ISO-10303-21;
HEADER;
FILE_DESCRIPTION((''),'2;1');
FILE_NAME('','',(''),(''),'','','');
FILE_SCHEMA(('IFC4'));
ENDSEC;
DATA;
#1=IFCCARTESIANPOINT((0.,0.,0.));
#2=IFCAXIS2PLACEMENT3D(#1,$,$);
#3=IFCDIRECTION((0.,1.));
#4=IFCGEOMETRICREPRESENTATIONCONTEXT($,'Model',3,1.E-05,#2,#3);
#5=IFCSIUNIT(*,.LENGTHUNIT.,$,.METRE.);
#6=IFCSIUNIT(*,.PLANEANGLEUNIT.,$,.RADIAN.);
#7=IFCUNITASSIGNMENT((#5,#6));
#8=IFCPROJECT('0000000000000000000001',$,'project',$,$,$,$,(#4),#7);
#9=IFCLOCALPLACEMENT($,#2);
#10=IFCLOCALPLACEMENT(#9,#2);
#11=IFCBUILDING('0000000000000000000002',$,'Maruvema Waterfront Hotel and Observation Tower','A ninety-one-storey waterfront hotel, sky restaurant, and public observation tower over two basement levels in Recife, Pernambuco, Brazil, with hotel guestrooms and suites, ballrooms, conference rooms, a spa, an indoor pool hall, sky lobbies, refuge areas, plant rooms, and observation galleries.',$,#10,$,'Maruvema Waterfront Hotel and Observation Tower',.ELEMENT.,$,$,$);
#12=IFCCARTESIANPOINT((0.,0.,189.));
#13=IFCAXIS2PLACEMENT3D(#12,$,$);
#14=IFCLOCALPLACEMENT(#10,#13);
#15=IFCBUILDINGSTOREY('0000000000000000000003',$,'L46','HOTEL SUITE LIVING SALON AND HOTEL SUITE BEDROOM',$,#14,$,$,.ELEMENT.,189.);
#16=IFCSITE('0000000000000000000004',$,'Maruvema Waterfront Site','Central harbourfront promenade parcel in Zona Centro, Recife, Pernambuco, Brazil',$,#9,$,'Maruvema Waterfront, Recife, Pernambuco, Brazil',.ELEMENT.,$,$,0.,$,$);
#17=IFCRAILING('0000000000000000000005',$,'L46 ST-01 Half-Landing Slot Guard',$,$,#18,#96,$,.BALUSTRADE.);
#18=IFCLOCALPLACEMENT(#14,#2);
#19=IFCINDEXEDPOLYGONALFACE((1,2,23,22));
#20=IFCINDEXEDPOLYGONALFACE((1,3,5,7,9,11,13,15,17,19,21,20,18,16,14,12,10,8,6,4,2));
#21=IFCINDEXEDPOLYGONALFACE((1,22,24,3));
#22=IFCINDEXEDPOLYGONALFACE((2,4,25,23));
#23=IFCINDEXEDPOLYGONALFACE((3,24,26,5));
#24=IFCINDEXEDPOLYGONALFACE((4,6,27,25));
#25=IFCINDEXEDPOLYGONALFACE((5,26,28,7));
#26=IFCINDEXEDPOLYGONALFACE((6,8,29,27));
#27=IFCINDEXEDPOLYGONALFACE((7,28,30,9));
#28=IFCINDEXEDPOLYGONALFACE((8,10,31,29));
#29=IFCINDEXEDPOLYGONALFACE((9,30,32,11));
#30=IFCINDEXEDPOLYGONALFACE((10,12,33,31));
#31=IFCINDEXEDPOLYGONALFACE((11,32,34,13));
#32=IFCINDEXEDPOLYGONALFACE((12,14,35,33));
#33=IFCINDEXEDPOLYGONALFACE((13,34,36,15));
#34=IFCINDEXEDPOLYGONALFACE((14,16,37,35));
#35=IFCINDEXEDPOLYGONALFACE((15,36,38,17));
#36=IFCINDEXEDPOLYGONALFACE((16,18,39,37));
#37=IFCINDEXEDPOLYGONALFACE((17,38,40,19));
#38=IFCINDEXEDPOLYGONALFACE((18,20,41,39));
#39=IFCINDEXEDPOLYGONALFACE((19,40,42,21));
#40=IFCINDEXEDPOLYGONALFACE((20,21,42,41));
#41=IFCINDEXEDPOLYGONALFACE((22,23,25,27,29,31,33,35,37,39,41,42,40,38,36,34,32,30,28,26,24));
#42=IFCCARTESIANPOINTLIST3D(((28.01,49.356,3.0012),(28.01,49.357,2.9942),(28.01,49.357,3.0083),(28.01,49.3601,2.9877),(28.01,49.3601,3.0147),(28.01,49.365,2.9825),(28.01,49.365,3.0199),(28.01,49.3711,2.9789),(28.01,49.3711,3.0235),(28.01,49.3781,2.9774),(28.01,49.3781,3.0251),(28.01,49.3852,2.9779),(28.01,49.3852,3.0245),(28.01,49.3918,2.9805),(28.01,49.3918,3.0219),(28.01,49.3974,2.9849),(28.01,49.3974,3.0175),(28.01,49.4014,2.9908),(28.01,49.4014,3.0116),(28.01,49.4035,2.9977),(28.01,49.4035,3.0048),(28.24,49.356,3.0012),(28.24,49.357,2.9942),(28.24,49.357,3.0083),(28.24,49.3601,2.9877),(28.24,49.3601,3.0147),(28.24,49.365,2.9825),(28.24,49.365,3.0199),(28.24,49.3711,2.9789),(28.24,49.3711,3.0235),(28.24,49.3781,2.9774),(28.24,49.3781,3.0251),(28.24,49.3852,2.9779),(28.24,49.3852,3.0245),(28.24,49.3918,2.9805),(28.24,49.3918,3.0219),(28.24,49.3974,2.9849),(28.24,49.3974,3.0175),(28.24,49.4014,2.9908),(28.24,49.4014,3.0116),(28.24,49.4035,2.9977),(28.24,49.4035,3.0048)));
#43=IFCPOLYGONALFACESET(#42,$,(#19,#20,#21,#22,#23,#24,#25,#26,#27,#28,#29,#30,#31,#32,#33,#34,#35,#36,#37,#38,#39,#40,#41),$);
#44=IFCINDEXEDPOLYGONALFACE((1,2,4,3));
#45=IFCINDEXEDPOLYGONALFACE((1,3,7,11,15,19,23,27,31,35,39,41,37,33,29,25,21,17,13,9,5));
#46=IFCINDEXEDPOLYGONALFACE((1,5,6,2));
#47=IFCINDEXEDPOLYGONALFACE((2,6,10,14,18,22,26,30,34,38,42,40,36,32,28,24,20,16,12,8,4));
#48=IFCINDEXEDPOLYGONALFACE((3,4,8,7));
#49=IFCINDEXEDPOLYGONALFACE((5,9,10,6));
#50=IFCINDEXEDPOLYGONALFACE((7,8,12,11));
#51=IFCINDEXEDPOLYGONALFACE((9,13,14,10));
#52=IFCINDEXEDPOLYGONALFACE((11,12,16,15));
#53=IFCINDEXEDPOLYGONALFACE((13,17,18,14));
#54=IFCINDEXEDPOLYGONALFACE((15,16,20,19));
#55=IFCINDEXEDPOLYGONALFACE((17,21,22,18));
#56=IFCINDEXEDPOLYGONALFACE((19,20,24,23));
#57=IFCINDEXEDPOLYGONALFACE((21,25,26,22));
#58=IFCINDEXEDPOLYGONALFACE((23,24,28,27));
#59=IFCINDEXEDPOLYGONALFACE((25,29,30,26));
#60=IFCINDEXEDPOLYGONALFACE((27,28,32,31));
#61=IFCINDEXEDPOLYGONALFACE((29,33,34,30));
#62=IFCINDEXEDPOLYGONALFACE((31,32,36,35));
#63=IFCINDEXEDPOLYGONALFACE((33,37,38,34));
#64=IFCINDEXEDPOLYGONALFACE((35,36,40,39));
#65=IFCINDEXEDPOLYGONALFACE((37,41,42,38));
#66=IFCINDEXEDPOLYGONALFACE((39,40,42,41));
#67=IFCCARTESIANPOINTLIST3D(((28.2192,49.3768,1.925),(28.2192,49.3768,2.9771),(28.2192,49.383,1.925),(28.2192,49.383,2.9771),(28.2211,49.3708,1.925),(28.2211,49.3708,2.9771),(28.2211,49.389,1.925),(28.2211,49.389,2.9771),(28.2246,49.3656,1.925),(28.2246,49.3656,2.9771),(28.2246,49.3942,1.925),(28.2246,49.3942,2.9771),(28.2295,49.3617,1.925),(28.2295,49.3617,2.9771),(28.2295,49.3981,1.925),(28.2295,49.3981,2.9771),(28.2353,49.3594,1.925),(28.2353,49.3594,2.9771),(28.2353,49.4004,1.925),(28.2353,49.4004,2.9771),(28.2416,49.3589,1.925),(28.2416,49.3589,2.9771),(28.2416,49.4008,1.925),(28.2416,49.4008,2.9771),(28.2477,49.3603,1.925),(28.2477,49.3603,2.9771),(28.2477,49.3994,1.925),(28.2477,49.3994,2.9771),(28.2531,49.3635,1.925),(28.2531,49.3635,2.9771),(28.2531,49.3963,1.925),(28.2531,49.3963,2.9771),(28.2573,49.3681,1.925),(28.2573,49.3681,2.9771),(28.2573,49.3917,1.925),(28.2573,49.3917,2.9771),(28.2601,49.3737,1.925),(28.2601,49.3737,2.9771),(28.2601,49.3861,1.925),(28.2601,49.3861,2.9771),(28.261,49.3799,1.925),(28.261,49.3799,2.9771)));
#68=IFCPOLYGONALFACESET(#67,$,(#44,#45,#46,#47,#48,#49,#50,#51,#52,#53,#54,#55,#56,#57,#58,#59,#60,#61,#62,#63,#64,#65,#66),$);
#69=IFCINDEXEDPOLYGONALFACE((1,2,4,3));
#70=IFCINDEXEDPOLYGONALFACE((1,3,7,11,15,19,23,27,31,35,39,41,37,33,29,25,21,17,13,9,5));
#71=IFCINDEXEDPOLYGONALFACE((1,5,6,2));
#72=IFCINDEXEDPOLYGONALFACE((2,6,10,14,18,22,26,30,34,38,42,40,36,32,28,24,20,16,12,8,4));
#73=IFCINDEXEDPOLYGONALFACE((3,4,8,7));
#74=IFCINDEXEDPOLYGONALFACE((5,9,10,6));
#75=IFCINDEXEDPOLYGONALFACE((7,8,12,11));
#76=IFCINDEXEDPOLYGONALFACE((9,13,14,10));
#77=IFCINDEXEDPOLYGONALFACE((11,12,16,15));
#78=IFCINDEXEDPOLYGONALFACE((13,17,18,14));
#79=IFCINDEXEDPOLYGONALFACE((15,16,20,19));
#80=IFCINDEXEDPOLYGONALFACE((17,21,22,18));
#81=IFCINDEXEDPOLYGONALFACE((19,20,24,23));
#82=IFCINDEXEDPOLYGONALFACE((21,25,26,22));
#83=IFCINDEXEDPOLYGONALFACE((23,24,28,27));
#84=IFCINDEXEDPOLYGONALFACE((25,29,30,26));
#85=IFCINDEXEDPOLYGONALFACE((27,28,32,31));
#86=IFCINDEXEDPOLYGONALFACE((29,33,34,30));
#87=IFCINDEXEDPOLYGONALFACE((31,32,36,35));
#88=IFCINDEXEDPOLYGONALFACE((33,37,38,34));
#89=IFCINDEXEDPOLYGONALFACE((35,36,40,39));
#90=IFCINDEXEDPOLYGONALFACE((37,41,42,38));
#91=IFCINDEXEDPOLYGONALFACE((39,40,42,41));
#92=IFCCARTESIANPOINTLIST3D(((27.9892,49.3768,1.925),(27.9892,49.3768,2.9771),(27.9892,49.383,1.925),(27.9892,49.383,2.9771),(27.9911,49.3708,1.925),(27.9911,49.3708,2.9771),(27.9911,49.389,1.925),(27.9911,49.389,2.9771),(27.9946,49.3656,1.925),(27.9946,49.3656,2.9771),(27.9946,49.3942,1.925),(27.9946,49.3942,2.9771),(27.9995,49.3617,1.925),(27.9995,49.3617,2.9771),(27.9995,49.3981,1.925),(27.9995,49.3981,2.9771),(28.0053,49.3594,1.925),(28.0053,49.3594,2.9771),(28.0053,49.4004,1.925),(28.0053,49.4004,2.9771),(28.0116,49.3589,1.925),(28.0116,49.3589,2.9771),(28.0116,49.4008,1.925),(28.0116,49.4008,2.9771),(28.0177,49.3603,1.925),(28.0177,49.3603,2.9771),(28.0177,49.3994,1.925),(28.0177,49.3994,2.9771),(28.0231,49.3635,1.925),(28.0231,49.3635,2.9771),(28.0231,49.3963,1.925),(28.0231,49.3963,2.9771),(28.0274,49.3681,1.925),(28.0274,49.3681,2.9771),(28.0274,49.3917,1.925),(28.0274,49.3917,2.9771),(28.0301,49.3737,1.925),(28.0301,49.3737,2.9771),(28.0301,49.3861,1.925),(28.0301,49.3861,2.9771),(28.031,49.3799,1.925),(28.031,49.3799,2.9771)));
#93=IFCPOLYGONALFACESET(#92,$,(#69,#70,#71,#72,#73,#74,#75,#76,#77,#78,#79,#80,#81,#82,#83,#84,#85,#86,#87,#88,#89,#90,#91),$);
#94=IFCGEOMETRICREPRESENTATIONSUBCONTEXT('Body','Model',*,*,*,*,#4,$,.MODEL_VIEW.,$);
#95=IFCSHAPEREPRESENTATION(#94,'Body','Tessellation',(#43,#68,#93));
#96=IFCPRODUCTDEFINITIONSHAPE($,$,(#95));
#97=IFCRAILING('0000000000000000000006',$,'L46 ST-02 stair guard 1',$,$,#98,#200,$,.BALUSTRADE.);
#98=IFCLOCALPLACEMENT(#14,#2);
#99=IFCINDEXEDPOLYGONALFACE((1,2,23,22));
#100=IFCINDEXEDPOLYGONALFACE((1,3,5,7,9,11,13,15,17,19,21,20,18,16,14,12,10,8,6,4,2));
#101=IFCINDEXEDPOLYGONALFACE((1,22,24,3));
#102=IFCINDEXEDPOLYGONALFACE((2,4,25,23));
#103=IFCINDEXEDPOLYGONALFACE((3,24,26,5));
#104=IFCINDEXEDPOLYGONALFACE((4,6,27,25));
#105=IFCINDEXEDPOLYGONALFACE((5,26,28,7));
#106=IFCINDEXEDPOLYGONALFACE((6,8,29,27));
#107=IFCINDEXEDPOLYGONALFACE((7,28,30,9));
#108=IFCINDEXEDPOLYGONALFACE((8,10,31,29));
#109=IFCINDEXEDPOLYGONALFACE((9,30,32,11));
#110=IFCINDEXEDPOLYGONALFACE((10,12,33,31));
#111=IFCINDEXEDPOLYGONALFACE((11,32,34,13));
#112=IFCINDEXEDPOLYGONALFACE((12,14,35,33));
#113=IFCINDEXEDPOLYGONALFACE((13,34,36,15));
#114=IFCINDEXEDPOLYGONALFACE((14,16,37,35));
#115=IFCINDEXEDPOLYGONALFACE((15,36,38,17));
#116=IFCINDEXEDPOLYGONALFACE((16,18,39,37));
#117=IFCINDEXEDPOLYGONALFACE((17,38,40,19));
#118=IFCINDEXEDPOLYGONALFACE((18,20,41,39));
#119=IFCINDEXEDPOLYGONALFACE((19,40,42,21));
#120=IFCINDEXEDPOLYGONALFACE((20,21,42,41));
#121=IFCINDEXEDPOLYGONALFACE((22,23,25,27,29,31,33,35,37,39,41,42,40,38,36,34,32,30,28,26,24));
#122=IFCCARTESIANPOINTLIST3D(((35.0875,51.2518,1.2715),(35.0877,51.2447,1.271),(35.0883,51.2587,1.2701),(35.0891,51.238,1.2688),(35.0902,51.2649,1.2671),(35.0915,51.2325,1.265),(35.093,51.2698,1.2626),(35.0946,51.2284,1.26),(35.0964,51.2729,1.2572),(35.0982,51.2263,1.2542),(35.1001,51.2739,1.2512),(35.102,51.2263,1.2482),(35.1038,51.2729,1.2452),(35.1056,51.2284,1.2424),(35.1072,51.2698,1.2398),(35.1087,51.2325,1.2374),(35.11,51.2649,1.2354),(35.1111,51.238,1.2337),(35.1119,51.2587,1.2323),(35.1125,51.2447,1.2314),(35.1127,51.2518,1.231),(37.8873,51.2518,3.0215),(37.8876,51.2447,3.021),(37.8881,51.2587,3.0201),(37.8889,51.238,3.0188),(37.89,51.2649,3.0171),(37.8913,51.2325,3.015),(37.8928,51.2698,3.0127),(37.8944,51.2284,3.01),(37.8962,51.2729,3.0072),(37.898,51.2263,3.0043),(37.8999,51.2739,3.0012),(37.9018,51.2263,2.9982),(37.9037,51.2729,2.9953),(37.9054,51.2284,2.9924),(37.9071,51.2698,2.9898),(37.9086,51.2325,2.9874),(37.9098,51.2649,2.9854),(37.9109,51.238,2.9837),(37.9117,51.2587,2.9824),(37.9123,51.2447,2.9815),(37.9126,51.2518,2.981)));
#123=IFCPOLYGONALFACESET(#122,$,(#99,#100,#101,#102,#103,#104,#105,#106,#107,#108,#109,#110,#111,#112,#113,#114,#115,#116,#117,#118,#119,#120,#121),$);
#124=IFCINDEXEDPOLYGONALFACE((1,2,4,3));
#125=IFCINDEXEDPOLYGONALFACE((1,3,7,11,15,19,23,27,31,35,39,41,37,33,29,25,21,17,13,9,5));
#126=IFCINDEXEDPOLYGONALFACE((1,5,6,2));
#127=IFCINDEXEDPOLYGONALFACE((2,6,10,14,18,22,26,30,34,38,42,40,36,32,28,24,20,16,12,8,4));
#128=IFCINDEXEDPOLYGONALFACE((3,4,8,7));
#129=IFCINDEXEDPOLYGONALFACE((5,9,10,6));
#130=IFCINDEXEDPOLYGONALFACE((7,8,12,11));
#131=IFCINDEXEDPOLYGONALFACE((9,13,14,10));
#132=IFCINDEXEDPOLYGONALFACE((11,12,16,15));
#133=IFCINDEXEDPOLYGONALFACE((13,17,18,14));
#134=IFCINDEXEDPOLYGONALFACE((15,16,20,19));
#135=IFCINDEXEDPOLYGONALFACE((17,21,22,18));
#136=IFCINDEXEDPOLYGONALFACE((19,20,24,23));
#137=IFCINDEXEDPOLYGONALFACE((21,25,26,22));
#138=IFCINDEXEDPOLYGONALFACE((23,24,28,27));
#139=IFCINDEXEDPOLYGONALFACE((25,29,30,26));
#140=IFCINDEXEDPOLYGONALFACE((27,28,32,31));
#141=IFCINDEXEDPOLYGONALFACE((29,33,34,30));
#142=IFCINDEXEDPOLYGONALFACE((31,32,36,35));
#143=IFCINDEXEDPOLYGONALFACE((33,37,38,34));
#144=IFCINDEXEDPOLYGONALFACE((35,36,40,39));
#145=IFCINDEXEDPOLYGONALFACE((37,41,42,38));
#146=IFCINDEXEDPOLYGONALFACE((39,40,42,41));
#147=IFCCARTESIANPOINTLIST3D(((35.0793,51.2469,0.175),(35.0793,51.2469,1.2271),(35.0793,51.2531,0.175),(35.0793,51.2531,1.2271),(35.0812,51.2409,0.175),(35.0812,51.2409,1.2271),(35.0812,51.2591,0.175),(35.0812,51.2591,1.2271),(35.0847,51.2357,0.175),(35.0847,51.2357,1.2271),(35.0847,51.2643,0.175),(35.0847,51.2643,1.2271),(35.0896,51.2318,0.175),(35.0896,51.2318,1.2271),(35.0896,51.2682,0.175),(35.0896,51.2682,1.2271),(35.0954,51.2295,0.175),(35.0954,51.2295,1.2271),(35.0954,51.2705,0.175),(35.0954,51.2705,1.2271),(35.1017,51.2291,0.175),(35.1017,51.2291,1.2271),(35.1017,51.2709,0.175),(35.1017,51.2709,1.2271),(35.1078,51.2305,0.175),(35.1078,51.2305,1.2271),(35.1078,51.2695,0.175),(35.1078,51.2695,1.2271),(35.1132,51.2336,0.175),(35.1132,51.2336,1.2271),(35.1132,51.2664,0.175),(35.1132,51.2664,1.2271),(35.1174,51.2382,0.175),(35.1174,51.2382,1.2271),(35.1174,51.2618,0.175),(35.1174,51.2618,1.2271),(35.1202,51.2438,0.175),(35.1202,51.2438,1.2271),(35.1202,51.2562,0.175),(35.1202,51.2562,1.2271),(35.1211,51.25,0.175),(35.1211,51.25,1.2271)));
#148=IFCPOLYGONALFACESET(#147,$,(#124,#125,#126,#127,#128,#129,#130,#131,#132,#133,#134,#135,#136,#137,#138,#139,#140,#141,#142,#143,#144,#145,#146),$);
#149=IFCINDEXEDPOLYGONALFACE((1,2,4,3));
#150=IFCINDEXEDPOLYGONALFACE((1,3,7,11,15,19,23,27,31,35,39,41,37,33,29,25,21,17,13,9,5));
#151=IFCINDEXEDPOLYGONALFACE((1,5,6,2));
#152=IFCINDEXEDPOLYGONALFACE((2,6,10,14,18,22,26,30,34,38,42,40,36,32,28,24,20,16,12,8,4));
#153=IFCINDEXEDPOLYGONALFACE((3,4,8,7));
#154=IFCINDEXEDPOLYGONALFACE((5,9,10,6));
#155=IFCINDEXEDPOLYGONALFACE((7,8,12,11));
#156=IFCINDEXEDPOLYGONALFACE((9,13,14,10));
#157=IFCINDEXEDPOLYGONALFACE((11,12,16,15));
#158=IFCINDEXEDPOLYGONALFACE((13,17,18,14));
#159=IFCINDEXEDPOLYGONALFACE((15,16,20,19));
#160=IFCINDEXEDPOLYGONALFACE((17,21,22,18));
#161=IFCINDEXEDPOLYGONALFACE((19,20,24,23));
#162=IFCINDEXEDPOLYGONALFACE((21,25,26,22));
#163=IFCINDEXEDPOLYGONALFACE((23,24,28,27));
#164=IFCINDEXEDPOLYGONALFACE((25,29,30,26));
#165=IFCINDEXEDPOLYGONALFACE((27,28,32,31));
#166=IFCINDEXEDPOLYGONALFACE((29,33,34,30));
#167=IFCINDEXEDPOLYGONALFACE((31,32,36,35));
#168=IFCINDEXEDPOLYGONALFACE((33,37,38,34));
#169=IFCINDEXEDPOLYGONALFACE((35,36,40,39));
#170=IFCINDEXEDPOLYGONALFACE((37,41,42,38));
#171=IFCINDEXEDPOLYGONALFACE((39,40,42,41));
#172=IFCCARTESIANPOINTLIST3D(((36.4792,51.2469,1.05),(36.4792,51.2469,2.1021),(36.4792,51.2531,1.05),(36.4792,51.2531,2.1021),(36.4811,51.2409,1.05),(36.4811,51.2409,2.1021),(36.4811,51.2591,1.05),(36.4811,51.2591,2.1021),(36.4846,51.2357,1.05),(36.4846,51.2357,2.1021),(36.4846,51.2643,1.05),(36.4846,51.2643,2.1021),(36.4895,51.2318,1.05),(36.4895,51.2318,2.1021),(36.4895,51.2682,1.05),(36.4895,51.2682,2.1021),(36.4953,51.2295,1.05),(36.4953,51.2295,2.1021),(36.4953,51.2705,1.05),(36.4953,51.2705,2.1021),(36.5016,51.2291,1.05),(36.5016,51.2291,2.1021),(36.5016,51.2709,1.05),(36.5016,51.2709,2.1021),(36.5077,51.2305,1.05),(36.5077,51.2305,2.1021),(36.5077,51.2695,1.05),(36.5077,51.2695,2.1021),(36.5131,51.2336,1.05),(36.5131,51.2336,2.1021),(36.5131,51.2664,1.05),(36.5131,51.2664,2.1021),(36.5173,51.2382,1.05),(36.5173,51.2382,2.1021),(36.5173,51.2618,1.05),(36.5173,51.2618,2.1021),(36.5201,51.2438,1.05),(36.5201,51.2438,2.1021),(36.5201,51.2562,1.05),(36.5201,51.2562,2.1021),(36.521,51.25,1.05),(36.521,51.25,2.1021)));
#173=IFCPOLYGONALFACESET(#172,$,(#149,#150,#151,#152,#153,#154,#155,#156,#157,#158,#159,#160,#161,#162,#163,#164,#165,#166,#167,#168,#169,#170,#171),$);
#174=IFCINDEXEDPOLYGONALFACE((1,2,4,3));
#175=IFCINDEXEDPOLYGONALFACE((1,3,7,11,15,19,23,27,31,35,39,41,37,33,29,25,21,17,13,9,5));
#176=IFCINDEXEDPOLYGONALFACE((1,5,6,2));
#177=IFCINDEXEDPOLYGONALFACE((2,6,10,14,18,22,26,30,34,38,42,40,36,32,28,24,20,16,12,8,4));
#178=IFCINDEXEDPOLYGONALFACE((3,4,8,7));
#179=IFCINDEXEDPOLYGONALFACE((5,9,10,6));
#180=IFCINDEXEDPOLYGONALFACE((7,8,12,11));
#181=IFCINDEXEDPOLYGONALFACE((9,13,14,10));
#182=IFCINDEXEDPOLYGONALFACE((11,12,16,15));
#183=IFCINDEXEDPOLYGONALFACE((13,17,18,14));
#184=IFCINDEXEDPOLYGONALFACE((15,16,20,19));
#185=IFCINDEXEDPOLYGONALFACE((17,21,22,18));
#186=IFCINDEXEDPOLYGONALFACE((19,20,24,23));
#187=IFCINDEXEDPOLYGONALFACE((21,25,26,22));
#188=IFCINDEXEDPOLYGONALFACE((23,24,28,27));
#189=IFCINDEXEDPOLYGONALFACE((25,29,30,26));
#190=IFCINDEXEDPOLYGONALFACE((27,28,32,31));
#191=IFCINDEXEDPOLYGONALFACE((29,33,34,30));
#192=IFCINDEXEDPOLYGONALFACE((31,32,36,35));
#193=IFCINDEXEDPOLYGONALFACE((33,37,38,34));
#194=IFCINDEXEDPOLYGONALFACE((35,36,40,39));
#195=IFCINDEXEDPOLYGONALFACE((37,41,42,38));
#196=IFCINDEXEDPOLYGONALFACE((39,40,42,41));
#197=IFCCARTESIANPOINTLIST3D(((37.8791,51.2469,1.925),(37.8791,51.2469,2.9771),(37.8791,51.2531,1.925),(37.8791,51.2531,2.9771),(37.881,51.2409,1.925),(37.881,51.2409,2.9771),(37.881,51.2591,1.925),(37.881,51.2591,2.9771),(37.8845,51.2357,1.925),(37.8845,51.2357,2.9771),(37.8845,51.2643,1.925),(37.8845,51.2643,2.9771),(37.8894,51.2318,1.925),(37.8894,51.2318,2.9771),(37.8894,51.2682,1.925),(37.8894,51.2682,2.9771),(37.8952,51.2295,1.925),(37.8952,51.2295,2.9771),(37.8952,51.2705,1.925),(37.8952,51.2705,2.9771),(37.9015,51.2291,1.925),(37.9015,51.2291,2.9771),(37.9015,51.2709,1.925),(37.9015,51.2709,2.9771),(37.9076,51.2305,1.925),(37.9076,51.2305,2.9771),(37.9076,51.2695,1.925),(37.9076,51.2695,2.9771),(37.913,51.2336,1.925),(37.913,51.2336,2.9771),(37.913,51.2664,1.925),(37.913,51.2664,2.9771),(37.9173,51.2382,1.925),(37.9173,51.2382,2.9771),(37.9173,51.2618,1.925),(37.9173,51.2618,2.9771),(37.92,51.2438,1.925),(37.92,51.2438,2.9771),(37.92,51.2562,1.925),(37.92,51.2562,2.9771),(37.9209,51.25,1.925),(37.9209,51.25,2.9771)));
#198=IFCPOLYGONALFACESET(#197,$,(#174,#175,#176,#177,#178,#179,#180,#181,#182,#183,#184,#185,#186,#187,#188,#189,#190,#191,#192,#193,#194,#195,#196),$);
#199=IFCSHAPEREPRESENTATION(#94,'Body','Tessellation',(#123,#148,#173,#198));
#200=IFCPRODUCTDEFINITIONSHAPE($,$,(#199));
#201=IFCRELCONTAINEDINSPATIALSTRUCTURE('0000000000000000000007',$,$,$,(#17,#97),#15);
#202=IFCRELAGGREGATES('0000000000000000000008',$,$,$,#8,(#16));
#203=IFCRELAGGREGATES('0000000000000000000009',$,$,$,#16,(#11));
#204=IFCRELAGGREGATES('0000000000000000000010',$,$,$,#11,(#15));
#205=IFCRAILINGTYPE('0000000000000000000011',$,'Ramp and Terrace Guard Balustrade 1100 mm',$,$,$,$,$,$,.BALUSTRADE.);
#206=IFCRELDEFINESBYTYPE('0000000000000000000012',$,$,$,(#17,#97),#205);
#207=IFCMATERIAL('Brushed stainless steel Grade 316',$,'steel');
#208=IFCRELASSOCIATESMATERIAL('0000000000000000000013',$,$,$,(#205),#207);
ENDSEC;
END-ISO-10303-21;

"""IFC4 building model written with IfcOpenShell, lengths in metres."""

from ifc_helpers import new_model, si_unit, direction, frame, origin, origin_2d, place, context, subcontext, project, spatial, circle, extrude, material, type_object, element, save


model = new_model("IFC4")

# Units and contexts
model_context = context("Model", 3, precision=1e-05, world=origin(), true_north=direction((0.0, 1.0)))
body_context = subcontext(model_context, "Body", "Model", "MODEL_VIEW")
ifc_project = project(units=[si_unit("LENGTHUNIT", "METRE"), si_unit("PLANEANGLEUNIT", "RADIAN")], contexts=[model_context])

# Site, building, storey
site_placement = place(None, origin())
site = spatial("IfcSite", under=ifc_project, at=site_placement, Name="Maruvema Waterfront Site", Description="Central harbourfront promenade parcel in Zona Centro, Recife, Pernambuco, Brazil", LongName="Maruvema Waterfront, Recife, Pernambuco, Brazil", CompositionType="ELEMENT", RefElevation=0.0)
building_placement = place(site_placement, origin())
building = spatial("IfcBuilding", under=site, at=building_placement, Name="Maruvema Waterfront Hotel and Observation Tower", Description="A ninety-one-storey waterfront hotel, sky restaurant, and public observation tower over two basement levels in Recife, Pernambuco, Brazil, with hotel guestrooms and suites, ballrooms, conference rooms, a spa, an indoor pool hall, sky lobbies, refuge areas, plant rooms, and observation galleries.", LongName="Maruvema Waterfront Hotel and Observation Tower", CompositionType="ELEMENT")
storey_placement = place(building_placement, frame((0.0, 0.0, 189.0)))
storey = spatial("IfcBuildingStorey", under=building, at=storey_placement, Name="L46", Description="HOTEL SUITE LIVING SALON AND HOTEL SUITE BEDROOM", CompositionType="ELEMENT", Elevation=189.0)

# Railings
ifc_material_1 = material(Name="Brushed stainless steel Grade 316", Category="steel")
railing_type_1 = type_object("IfcRailingType", Name="Ramp and Terrace Guard Balustrade 1100 mm", PredefinedType="BALUSTRADE", material=ifc_material_1)
railing_1_placement = place(storey_placement, frame((28.24, 49.3799, 1.925)))
element("IfcRailing", 1, at=railing_1_placement, inside=storey, type_object=railing_type_1, Name="L46 ST-01 Half-Landing Slot Guard", PredefinedType="BALUSTRADE", context=body_context, shape_type="SweptSolid", body=[
    extrude(circle(Radius=0.0239, at=origin_2d()), frame((0.0, 0.0, 1.0762), z_axis=(-1.0, 0.0, 0.0), x_axis=(0.0, -1.0, 0.0)), (0.0, 0.0, 1.0), 0.23),
    extrude(circle(Radius=0.021, at=origin_2d()), origin(), (0.0, 0.0, 1.0), 1.052),
    extrude(circle(Radius=0.021, at=origin_2d()), frame((-0.23, 0.0, 0.0)), (0.0, 0.0, 1.0), 1.052),
])
railing_2_placement = place(storey_placement, frame((35.1001, 51.25, 0.175)))
element("IfcRailing", 2, at=railing_2_placement, inside=storey, type_object=railing_type_1, Name="L46 ST-02 stair guard 1", PredefinedType="BALUSTRADE", context=body_context, shape_type="SweptSolid", body=[
    extrude(circle(Radius=0.0239, at=origin_2d()), frame((0.0, 0.0, 1.0762), z_axis=(0.847982, 0.0, 0.530026), x_axis=(0.0, 1.0, 0.0)), (0.0, 0.0, 1.0), 3.3018),
    extrude(circle(Radius=0.021, at=origin_2d()), origin(), (0.0, 0.0, 1.0), 1.052),
    extrude(circle(Radius=0.021, at=origin_2d()), frame((1.3999, 0.0, 0.875)), (0.0, 0.0, 1.0), 1.052),
    extrude(circle(Radius=0.021, at=origin_2d()), frame((2.7998, 0.0, 1.75)), (0.0, 0.0, 1.0), 1.052),
])

save(model, "model.ifc")
